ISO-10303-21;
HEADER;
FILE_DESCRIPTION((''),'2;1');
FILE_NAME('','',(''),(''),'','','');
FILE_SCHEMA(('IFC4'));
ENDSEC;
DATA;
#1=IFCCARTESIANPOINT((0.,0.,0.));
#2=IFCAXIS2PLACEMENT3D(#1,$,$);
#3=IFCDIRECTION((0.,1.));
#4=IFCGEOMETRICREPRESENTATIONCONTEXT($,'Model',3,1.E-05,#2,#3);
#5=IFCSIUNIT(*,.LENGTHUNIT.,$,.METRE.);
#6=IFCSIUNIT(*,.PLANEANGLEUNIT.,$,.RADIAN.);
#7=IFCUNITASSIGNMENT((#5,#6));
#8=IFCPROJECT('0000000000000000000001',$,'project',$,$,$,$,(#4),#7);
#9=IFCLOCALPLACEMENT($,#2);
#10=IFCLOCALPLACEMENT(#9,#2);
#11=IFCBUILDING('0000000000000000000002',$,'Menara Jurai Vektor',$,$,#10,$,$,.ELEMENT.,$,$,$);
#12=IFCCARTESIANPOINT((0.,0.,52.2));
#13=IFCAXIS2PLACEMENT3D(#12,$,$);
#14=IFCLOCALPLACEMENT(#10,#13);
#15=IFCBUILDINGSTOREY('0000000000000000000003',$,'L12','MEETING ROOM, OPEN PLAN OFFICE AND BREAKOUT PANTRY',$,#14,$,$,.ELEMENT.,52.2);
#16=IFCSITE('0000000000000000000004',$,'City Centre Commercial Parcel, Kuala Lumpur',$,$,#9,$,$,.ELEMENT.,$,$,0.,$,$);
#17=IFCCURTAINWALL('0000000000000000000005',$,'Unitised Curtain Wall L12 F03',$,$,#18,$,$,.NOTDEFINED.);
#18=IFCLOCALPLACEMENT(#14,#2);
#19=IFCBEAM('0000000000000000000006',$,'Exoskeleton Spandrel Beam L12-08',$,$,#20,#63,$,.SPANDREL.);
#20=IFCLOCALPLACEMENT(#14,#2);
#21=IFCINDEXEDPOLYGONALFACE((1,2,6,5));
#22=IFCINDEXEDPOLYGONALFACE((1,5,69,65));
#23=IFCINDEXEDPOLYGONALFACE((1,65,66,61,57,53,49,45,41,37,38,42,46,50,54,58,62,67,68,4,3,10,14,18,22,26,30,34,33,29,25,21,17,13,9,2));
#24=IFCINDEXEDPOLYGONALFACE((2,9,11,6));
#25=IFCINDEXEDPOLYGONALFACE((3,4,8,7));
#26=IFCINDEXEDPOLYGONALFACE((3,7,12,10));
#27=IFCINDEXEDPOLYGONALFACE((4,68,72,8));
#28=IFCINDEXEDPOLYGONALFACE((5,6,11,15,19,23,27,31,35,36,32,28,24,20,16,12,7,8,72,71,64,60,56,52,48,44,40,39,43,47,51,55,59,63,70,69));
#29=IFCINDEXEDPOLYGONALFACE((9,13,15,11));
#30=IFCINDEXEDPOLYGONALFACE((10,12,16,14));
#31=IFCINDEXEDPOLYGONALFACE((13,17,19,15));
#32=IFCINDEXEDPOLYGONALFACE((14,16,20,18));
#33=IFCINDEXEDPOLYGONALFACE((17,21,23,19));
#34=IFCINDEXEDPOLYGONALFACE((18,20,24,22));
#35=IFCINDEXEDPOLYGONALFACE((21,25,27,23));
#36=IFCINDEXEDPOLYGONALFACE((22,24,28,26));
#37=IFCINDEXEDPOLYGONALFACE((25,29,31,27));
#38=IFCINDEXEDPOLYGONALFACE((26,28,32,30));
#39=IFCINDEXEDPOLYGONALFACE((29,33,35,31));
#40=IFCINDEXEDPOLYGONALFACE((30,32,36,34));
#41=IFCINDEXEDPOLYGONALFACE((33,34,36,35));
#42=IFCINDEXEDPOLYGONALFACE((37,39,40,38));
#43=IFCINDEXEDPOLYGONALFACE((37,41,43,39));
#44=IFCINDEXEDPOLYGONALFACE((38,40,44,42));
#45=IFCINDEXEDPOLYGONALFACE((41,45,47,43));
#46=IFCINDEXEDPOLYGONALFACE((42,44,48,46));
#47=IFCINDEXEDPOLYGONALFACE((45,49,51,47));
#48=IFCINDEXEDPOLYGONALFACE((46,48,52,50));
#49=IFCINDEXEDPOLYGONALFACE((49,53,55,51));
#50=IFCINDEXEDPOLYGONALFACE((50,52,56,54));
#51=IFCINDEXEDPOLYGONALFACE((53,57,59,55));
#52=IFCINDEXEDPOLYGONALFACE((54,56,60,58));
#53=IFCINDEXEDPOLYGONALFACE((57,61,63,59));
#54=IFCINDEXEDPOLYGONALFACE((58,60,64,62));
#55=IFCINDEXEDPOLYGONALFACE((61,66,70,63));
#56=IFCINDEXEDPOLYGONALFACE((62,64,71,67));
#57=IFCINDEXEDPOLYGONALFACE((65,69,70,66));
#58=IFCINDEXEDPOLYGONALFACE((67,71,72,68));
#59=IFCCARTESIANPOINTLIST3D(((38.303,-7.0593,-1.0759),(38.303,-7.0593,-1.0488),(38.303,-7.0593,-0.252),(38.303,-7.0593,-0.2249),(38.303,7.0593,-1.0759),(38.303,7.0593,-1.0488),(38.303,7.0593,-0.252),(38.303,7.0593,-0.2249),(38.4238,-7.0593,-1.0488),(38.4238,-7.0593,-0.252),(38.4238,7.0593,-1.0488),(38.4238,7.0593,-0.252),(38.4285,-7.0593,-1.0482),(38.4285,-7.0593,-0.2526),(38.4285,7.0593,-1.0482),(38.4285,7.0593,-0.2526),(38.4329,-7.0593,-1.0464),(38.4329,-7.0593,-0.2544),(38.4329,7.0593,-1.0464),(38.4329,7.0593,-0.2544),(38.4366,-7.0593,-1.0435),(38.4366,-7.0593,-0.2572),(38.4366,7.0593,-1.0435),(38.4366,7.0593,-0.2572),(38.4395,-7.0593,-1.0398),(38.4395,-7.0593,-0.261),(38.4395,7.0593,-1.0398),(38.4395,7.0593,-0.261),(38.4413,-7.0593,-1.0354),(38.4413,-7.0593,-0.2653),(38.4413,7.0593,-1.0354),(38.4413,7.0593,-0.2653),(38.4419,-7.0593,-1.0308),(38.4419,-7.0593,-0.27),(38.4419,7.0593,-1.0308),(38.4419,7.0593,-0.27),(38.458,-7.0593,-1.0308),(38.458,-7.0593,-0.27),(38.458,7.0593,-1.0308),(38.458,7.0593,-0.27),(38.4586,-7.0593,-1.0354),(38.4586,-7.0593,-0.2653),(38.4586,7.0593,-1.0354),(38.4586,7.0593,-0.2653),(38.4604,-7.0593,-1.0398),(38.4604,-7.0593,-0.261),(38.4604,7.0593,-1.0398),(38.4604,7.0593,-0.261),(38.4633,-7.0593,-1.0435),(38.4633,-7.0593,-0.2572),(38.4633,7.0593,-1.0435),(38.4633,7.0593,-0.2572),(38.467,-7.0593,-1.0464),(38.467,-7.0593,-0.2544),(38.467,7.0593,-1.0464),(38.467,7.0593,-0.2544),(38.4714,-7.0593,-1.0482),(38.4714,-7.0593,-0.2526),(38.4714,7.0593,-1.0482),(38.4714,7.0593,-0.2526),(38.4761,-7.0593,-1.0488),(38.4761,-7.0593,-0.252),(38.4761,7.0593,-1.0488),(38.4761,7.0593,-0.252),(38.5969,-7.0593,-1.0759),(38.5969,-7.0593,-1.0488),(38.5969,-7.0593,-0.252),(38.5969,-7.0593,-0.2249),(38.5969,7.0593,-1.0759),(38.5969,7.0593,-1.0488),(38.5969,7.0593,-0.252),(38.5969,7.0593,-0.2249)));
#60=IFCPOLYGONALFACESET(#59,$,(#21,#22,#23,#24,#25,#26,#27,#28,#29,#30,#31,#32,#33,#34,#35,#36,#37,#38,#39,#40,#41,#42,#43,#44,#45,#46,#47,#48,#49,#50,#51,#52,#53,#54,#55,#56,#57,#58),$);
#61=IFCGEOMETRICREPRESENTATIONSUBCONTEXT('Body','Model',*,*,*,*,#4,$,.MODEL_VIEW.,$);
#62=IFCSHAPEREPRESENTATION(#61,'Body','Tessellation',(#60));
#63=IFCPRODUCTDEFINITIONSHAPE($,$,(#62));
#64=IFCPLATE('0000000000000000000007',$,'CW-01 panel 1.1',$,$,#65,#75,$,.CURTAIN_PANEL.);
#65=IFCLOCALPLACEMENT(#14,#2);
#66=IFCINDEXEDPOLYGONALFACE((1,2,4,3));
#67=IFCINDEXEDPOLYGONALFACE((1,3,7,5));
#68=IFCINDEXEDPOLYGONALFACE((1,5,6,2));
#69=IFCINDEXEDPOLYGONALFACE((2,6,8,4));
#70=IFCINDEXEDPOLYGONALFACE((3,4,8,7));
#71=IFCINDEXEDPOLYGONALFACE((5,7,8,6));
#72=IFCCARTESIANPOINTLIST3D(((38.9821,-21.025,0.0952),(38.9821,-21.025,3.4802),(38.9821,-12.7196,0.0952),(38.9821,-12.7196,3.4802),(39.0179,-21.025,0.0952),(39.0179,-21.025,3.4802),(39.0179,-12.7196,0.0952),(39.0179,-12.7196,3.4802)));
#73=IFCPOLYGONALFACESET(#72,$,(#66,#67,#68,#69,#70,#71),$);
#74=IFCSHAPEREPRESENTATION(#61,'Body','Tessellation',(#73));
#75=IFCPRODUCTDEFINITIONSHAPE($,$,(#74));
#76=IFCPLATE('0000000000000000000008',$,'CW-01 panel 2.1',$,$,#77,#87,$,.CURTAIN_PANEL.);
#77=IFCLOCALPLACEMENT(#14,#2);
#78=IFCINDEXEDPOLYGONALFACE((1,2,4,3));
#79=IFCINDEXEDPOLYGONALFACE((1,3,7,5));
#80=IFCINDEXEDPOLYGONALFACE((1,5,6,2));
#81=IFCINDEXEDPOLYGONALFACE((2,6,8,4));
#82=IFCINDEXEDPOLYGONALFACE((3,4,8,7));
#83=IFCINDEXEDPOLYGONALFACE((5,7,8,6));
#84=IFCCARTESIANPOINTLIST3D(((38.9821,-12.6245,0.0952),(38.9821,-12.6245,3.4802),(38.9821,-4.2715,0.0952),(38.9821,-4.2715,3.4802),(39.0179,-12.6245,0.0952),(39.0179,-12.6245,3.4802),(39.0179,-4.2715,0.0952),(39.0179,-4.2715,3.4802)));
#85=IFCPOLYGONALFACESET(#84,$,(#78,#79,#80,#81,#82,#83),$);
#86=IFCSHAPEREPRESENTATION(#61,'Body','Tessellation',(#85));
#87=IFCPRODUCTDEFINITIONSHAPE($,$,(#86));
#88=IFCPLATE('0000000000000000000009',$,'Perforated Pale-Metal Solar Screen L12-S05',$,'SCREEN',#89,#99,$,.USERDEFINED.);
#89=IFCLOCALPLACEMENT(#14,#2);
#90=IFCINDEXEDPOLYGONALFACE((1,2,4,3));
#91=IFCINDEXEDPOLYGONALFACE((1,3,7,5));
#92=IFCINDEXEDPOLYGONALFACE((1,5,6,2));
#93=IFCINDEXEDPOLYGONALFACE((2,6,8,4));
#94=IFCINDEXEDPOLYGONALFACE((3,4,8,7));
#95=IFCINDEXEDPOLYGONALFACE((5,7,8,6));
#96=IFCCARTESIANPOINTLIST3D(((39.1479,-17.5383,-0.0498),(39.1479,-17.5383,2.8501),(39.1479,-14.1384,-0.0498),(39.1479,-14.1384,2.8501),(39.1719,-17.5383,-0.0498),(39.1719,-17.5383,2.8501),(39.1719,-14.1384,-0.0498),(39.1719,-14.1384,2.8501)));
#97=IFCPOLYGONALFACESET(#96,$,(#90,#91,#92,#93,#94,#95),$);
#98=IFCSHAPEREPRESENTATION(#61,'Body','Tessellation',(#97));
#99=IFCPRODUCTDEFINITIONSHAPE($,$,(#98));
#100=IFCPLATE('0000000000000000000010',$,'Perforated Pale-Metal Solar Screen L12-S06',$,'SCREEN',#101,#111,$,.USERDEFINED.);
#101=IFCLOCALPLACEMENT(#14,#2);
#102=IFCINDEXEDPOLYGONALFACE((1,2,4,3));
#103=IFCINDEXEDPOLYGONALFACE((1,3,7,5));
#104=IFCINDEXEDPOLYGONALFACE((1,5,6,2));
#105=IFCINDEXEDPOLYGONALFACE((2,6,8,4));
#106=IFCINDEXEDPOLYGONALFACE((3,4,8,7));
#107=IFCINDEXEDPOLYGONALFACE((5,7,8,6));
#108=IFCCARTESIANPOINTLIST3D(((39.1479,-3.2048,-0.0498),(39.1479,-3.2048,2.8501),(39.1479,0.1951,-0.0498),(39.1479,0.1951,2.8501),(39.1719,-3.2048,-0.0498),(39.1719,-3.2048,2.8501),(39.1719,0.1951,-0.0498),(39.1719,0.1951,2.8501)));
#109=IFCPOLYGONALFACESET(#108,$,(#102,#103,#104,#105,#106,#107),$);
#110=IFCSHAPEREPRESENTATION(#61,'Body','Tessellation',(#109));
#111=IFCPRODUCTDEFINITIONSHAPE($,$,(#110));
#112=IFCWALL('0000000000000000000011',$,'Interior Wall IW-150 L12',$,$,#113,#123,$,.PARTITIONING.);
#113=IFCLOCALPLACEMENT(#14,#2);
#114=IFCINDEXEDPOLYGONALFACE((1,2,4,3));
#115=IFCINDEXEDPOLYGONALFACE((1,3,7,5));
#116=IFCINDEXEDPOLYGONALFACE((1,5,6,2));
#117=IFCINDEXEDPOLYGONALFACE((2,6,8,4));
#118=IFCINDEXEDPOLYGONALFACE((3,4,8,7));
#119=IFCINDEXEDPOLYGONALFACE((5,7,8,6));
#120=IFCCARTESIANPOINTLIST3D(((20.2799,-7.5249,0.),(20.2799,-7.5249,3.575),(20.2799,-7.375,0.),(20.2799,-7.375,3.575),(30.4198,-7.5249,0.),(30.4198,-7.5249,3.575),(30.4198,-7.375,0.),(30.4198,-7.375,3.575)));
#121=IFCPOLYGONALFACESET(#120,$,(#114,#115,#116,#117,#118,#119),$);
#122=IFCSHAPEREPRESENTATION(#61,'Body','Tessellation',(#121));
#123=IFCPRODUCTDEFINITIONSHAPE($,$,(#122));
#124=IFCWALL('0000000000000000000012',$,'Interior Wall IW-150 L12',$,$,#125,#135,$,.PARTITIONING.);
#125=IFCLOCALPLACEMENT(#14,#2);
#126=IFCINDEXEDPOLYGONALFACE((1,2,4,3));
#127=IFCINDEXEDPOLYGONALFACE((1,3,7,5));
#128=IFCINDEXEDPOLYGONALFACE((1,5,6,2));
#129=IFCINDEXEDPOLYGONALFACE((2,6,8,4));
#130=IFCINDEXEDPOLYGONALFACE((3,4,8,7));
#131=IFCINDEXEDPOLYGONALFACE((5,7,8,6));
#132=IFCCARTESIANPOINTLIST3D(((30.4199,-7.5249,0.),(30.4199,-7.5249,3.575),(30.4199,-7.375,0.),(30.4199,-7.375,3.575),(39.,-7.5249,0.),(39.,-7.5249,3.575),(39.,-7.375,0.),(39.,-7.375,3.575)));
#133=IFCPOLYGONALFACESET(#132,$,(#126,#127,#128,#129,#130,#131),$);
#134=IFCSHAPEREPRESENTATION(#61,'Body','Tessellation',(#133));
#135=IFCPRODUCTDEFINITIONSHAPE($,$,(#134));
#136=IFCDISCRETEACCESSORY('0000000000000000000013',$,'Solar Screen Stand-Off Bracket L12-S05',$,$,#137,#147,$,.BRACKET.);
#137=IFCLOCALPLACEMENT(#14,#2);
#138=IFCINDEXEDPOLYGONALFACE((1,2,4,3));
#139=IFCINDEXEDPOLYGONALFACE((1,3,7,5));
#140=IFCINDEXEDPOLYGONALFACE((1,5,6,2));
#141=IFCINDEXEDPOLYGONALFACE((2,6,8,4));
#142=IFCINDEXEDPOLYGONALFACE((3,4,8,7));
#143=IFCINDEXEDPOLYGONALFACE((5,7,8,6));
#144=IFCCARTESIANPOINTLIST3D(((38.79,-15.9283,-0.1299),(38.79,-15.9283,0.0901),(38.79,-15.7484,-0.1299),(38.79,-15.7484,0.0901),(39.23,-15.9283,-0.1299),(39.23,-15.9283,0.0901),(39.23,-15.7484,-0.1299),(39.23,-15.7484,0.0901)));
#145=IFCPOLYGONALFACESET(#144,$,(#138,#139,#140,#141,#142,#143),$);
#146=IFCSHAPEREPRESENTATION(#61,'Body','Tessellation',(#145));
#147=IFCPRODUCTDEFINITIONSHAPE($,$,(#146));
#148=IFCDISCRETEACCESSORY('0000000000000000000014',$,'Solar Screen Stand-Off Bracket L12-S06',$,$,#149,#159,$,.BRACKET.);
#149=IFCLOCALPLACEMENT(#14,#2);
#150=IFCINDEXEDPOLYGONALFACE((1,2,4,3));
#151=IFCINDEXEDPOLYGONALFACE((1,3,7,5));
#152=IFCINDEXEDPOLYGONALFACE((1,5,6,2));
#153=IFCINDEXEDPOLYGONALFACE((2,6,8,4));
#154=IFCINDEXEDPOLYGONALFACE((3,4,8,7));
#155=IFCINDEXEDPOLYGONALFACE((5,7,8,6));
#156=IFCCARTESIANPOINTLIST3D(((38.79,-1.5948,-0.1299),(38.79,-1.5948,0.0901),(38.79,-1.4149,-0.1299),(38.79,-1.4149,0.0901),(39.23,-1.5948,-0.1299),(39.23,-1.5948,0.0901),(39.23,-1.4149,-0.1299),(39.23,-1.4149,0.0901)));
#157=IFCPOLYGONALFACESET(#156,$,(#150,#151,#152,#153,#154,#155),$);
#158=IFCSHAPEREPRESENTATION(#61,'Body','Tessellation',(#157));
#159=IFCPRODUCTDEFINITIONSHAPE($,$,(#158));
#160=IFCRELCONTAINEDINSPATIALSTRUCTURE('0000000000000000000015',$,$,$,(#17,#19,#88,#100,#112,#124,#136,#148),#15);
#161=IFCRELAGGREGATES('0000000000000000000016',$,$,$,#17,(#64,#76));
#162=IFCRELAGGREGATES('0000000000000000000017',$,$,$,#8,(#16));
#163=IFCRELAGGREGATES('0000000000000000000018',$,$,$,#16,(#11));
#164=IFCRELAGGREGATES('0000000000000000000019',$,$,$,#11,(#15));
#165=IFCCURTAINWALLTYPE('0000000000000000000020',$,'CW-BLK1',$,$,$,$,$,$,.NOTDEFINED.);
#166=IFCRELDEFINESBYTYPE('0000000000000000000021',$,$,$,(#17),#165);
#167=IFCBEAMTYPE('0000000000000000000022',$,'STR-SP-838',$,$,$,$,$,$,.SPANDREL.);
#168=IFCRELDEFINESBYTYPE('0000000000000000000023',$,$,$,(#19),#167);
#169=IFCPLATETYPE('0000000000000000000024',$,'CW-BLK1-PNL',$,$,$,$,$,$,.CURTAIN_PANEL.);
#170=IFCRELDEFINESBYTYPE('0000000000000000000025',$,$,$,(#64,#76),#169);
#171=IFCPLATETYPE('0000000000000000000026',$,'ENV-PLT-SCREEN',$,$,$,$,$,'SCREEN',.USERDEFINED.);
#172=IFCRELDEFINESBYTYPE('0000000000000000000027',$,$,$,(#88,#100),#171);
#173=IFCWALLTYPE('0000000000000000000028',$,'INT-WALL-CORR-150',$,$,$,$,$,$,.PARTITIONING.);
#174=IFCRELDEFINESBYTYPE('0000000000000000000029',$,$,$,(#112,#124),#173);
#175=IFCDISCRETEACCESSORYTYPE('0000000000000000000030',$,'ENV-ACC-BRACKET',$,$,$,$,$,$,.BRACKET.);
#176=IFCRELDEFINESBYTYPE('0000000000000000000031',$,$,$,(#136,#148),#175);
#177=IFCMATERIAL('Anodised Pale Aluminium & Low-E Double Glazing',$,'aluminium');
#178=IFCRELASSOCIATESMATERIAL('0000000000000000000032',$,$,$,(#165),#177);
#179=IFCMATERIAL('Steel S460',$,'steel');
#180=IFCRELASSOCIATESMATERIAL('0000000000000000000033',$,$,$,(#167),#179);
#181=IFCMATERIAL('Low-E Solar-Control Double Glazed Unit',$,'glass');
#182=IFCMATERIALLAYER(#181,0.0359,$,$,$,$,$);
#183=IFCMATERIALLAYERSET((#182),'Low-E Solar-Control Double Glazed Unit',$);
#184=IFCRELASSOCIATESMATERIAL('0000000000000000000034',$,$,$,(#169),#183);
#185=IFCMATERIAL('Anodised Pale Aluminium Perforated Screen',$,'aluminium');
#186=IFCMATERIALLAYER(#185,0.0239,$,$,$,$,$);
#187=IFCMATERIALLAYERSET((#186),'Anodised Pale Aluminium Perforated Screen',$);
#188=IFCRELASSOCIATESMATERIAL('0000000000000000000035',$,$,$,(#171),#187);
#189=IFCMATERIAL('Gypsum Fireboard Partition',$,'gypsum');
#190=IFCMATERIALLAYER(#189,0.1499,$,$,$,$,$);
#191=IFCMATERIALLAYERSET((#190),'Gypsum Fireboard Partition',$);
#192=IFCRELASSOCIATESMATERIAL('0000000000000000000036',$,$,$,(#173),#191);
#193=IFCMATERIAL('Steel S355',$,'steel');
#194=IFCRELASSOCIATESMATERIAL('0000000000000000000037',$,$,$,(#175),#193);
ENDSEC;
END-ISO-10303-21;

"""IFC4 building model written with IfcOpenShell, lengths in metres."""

from ifc_helpers import new_model, si_unit, direction, frame, frame_2d, origin, origin_2d, place, context, subcontext, project, spatial, rectangle, i_section, extrude, material, layer, layer_set, material_profile, profile_set, type_object, element, aggregate, save


model = new_model("IFC4")

# Units and contexts
model_context = context("Model", 3, precision=1e-05, world=origin(), true_north=direction((0.0, 1.0)))
body_context = subcontext(model_context, "Body", "Model", "MODEL_VIEW")
ifc_project = project(units=[si_unit("LENGTHUNIT", "METRE"), si_unit("PLANEANGLEUNIT", "RADIAN")], contexts=[model_context])

# Site, building, storey
site_placement = place(None, origin())
site = spatial("IfcSite", under=ifc_project, at=site_placement, Name="City Centre Commercial Parcel, Kuala Lumpur", CompositionType="ELEMENT", RefElevation=0.0)
building_placement = place(site_placement, origin())
building = spatial("IfcBuilding", under=site, at=building_placement, Name="Menara Jurai Vektor", CompositionType="ELEMENT")
storey_placement = place(building_placement, frame((0.0, 0.0, 52.2)))
storey = spatial("IfcBuildingStorey", under=building, at=storey_placement, Name="L12", Description="MEETING ROOM, OPEN PLAN OFFICE AND BREAKOUT PANTRY", CompositionType="ELEMENT", Elevation=52.2)

# Shared definitions
ifc_material_1 = material(Name="Steel S460", Category="steel")

# Curtain wall
ifc_material_2 = material(Name="Anodised Pale Aluminium & Low-E Double Glazing", Category="aluminium")
curtain_wall_type = type_object("IfcCurtainWallType", Name="CW-BLK1", PredefinedType="NOTDEFINED", material=ifc_material_2)
curtain_wall_placement = place(storey_placement, origin())
curtain_wall = element("IfcCurtainWall", 1, at=curtain_wall_placement, inside=storey, type_object=curtain_wall_type, Name="Unitised Curtain Wall L12 F03", PredefinedType="NOTDEFINED")

# Shared definitions
ifc_material_3 = material(Name="Steel S355", Category="steel")

# Beam
ifc_material_profile_1 = material_profile(ifc_material_1, i_section(OverallWidth=0.2939, OverallDepth=0.8511, WebThickness=0.0161, FlangeThickness=0.0271, FilletRadius=0.0181, at=origin_2d()), Name="UKB 838x292x226")
ifc_profile_set_1 = profile_set([ifc_material_profile_1], Name="Steel S460")
beam_type_1 = type_object("IfcBeamType", Name="STR-SP-838", PredefinedType="SPANDREL", material=ifc_profile_set_1)
beam_1_placement = place(storey_placement, frame((38.45, -7.0593, -0.6504), z_axis=(0.0, 1.0, 0.0), x_axis=(-1.0, 0.0, 0.0)))
element("IfcBeam", 2, at=beam_1_placement, inside=storey, type_object=beam_type_1, Name="Exoskeleton Spandrel Beam L12-08", PredefinedType="SPANDREL", context=body_context, shape_type="SweptSolid", body=[
    extrude(i_section(OverallWidth=0.2939, OverallDepth=0.8511, WebThickness=0.0161, FlangeThickness=0.0271, FilletRadius=0.0181, at=origin_2d()), origin(), (0.0, 0.0, 1.0), 14.1187),
])

# Plates
ifc_material_4 = material(Name="Low-E Solar-Control Double Glazed Unit", Category="glass")
ifc_layer_1 = layer(ifc_material_4, 0.0359)
ifc_layer_set_1 = layer_set([ifc_layer_1], Name="Low-E Solar-Control Double Glazed Unit")
plate_type_1 = type_object("IfcPlateType", Name="CW-BLK1-PNL", PredefinedType="CURTAIN_PANEL", material=ifc_layer_set_1)
plate_1_placement = place(storey_placement, frame((39.0, -16.8723, 0.0952), z_axis=(0.0, 0.0, 1.0), x_axis=(0.0, 1.0, 0.0)))
plate_1 = element("IfcPlate", 3, at=plate_1_placement, type_object=plate_type_1, Name="CW-01 panel 1.1", PredefinedType="CURTAIN_PANEL", context=body_context, shape_type="SweptSolid", body=[
    extrude(rectangle(XDim=8.3054, YDim=0.0359, at=origin_2d()), origin(), (0.0, 0.0, 1.0), 3.385),
])
plate_2_placement = place(storey_placement, frame((39.0, -8.448, 0.0952), z_axis=(0.0, 0.0, 1.0), x_axis=(0.0, 1.0, 0.0)))
plate_2 = element("IfcPlate", 4, at=plate_2_placement, type_object=plate_type_1, Name="CW-01 panel 2.1", PredefinedType="CURTAIN_PANEL", context=body_context, shape_type="SweptSolid", body=[
    extrude(rectangle(XDim=8.353, YDim=0.0359, at=origin_2d()), origin(), (0.0, 0.0, 1.0), 3.385),
])
aggregate(curtain_wall, [plate_1, plate_2])

# Plates
ifc_material_5 = material(Name="Anodised Pale Aluminium Perforated Screen", Category="aluminium")
ifc_layer_2 = layer(ifc_material_5, 0.0239)
ifc_layer_set_2 = layer_set([ifc_layer_2], Name="Anodised Pale Aluminium Perforated Screen")
plate_type_2 = type_object("IfcPlateType", Name="ENV-PLT-SCREEN", ElementType="SCREEN", PredefinedType="USERDEFINED", material=ifc_layer_set_2)
for number, where, z_axis, x_axis, name in (
    (5, (39.1599, -15.8384, -0.0498), (0.0, 0.0, 1.0), (0.0, 1.0, 0.0), "Perforated Pale-Metal Solar Screen L12-S05"),
    (6, (39.1599, -1.5049, -0.0498), (0.0, 0.0, 1.0), (0.0, 1.0, 0.0), "Perforated Pale-Metal Solar Screen L12-S06"),
):
    element("IfcPlate", number, at=place(storey_placement, frame(where, z_axis=z_axis, x_axis=x_axis)), inside=storey, type_object=plate_type_2, Name=name, ObjectType="SCREEN", PredefinedType="USERDEFINED", context=body_context, shape_type="SweptSolid", body=[
        extrude(rectangle(XDim=3.3999, YDim=0.0239, at=origin_2d()), origin(), (0.0, 0.0, 1.0), 2.8999),
    ])

# Walls
ifc_material_6 = material(Name="Gypsum Fireboard Partition", Category="gypsum")
ifc_layer_3 = layer(ifc_material_6, 0.1499)
ifc_layer_set_3 = layer_set([ifc_layer_3], Name="Gypsum Fireboard Partition")
wall_type = type_object("IfcWallType", Name="INT-WALL-CORR-150", PredefinedType="PARTITIONING", material=ifc_layer_set_3)
wall_1_placement = place(storey_placement, frame((20.28, -7.45, 0.0), z_axis=(0.0, 0.0, 1.0), x_axis=(1.0, 0.0, 0.0)))
element("IfcWall", 7, at=wall_1_placement, inside=storey, type_object=wall_type, Name="Interior Wall IW-150 L12", PredefinedType="PARTITIONING", context=body_context, shape_type="SweptSolid", body=[
    extrude(rectangle(XDim=10.1399, YDim=0.1499, at=frame_2d((5.0698, 0.0))), origin(), (0.0, 0.0, 1.0), 3.575),
])
wall_2_placement = place(storey_placement, frame((30.4199, -7.45, 0.0), z_axis=(0.0, 0.0, 1.0), x_axis=(1.0, 0.0, 0.0)))
element("IfcWall", 8, at=wall_2_placement, inside=storey, type_object=wall_type, Name="Interior Wall IW-150 L12", PredefinedType="PARTITIONING", context=body_context, shape_type="SweptSolid", body=[
    extrude(rectangle(XDim=8.5801, YDim=0.1499, at=frame_2d((4.29, 0.0))), origin(), (0.0, 0.0, 1.0), 3.575),
])

# Discrete accessories
discrete_accessory_type = type_object("IfcDiscreteAccessoryType", Name="ENV-ACC-BRACKET", PredefinedType="BRACKET", material=ifc_material_3)
for number, where, z_axis, x_axis, name in (
    (9, (39.01, -15.8384, -0.1299), (0.0, 0.0, 1.0), (0.0, 1.0, 0.0), "Solar Screen Stand-Off Bracket L12-S05"),
    (10, (39.01, -1.5049, -0.1299), (0.0, 0.0, 1.0), (0.0, 1.0, 0.0), "Solar Screen Stand-Off Bracket L12-S06"),
):
    element("IfcDiscreteAccessory", number, at=place(storey_placement, frame(where, z_axis=z_axis, x_axis=x_axis)), inside=storey, type_object=discrete_accessory_type, Name=name, PredefinedType="BRACKET", context=body_context, shape_type="SweptSolid", body=[
        extrude(rectangle(XDim=0.1799, YDim=0.4399, at=origin_2d()), origin(), (0.0, 0.0, 1.0), 0.22),
    ])

save(model, "model.ifc")
